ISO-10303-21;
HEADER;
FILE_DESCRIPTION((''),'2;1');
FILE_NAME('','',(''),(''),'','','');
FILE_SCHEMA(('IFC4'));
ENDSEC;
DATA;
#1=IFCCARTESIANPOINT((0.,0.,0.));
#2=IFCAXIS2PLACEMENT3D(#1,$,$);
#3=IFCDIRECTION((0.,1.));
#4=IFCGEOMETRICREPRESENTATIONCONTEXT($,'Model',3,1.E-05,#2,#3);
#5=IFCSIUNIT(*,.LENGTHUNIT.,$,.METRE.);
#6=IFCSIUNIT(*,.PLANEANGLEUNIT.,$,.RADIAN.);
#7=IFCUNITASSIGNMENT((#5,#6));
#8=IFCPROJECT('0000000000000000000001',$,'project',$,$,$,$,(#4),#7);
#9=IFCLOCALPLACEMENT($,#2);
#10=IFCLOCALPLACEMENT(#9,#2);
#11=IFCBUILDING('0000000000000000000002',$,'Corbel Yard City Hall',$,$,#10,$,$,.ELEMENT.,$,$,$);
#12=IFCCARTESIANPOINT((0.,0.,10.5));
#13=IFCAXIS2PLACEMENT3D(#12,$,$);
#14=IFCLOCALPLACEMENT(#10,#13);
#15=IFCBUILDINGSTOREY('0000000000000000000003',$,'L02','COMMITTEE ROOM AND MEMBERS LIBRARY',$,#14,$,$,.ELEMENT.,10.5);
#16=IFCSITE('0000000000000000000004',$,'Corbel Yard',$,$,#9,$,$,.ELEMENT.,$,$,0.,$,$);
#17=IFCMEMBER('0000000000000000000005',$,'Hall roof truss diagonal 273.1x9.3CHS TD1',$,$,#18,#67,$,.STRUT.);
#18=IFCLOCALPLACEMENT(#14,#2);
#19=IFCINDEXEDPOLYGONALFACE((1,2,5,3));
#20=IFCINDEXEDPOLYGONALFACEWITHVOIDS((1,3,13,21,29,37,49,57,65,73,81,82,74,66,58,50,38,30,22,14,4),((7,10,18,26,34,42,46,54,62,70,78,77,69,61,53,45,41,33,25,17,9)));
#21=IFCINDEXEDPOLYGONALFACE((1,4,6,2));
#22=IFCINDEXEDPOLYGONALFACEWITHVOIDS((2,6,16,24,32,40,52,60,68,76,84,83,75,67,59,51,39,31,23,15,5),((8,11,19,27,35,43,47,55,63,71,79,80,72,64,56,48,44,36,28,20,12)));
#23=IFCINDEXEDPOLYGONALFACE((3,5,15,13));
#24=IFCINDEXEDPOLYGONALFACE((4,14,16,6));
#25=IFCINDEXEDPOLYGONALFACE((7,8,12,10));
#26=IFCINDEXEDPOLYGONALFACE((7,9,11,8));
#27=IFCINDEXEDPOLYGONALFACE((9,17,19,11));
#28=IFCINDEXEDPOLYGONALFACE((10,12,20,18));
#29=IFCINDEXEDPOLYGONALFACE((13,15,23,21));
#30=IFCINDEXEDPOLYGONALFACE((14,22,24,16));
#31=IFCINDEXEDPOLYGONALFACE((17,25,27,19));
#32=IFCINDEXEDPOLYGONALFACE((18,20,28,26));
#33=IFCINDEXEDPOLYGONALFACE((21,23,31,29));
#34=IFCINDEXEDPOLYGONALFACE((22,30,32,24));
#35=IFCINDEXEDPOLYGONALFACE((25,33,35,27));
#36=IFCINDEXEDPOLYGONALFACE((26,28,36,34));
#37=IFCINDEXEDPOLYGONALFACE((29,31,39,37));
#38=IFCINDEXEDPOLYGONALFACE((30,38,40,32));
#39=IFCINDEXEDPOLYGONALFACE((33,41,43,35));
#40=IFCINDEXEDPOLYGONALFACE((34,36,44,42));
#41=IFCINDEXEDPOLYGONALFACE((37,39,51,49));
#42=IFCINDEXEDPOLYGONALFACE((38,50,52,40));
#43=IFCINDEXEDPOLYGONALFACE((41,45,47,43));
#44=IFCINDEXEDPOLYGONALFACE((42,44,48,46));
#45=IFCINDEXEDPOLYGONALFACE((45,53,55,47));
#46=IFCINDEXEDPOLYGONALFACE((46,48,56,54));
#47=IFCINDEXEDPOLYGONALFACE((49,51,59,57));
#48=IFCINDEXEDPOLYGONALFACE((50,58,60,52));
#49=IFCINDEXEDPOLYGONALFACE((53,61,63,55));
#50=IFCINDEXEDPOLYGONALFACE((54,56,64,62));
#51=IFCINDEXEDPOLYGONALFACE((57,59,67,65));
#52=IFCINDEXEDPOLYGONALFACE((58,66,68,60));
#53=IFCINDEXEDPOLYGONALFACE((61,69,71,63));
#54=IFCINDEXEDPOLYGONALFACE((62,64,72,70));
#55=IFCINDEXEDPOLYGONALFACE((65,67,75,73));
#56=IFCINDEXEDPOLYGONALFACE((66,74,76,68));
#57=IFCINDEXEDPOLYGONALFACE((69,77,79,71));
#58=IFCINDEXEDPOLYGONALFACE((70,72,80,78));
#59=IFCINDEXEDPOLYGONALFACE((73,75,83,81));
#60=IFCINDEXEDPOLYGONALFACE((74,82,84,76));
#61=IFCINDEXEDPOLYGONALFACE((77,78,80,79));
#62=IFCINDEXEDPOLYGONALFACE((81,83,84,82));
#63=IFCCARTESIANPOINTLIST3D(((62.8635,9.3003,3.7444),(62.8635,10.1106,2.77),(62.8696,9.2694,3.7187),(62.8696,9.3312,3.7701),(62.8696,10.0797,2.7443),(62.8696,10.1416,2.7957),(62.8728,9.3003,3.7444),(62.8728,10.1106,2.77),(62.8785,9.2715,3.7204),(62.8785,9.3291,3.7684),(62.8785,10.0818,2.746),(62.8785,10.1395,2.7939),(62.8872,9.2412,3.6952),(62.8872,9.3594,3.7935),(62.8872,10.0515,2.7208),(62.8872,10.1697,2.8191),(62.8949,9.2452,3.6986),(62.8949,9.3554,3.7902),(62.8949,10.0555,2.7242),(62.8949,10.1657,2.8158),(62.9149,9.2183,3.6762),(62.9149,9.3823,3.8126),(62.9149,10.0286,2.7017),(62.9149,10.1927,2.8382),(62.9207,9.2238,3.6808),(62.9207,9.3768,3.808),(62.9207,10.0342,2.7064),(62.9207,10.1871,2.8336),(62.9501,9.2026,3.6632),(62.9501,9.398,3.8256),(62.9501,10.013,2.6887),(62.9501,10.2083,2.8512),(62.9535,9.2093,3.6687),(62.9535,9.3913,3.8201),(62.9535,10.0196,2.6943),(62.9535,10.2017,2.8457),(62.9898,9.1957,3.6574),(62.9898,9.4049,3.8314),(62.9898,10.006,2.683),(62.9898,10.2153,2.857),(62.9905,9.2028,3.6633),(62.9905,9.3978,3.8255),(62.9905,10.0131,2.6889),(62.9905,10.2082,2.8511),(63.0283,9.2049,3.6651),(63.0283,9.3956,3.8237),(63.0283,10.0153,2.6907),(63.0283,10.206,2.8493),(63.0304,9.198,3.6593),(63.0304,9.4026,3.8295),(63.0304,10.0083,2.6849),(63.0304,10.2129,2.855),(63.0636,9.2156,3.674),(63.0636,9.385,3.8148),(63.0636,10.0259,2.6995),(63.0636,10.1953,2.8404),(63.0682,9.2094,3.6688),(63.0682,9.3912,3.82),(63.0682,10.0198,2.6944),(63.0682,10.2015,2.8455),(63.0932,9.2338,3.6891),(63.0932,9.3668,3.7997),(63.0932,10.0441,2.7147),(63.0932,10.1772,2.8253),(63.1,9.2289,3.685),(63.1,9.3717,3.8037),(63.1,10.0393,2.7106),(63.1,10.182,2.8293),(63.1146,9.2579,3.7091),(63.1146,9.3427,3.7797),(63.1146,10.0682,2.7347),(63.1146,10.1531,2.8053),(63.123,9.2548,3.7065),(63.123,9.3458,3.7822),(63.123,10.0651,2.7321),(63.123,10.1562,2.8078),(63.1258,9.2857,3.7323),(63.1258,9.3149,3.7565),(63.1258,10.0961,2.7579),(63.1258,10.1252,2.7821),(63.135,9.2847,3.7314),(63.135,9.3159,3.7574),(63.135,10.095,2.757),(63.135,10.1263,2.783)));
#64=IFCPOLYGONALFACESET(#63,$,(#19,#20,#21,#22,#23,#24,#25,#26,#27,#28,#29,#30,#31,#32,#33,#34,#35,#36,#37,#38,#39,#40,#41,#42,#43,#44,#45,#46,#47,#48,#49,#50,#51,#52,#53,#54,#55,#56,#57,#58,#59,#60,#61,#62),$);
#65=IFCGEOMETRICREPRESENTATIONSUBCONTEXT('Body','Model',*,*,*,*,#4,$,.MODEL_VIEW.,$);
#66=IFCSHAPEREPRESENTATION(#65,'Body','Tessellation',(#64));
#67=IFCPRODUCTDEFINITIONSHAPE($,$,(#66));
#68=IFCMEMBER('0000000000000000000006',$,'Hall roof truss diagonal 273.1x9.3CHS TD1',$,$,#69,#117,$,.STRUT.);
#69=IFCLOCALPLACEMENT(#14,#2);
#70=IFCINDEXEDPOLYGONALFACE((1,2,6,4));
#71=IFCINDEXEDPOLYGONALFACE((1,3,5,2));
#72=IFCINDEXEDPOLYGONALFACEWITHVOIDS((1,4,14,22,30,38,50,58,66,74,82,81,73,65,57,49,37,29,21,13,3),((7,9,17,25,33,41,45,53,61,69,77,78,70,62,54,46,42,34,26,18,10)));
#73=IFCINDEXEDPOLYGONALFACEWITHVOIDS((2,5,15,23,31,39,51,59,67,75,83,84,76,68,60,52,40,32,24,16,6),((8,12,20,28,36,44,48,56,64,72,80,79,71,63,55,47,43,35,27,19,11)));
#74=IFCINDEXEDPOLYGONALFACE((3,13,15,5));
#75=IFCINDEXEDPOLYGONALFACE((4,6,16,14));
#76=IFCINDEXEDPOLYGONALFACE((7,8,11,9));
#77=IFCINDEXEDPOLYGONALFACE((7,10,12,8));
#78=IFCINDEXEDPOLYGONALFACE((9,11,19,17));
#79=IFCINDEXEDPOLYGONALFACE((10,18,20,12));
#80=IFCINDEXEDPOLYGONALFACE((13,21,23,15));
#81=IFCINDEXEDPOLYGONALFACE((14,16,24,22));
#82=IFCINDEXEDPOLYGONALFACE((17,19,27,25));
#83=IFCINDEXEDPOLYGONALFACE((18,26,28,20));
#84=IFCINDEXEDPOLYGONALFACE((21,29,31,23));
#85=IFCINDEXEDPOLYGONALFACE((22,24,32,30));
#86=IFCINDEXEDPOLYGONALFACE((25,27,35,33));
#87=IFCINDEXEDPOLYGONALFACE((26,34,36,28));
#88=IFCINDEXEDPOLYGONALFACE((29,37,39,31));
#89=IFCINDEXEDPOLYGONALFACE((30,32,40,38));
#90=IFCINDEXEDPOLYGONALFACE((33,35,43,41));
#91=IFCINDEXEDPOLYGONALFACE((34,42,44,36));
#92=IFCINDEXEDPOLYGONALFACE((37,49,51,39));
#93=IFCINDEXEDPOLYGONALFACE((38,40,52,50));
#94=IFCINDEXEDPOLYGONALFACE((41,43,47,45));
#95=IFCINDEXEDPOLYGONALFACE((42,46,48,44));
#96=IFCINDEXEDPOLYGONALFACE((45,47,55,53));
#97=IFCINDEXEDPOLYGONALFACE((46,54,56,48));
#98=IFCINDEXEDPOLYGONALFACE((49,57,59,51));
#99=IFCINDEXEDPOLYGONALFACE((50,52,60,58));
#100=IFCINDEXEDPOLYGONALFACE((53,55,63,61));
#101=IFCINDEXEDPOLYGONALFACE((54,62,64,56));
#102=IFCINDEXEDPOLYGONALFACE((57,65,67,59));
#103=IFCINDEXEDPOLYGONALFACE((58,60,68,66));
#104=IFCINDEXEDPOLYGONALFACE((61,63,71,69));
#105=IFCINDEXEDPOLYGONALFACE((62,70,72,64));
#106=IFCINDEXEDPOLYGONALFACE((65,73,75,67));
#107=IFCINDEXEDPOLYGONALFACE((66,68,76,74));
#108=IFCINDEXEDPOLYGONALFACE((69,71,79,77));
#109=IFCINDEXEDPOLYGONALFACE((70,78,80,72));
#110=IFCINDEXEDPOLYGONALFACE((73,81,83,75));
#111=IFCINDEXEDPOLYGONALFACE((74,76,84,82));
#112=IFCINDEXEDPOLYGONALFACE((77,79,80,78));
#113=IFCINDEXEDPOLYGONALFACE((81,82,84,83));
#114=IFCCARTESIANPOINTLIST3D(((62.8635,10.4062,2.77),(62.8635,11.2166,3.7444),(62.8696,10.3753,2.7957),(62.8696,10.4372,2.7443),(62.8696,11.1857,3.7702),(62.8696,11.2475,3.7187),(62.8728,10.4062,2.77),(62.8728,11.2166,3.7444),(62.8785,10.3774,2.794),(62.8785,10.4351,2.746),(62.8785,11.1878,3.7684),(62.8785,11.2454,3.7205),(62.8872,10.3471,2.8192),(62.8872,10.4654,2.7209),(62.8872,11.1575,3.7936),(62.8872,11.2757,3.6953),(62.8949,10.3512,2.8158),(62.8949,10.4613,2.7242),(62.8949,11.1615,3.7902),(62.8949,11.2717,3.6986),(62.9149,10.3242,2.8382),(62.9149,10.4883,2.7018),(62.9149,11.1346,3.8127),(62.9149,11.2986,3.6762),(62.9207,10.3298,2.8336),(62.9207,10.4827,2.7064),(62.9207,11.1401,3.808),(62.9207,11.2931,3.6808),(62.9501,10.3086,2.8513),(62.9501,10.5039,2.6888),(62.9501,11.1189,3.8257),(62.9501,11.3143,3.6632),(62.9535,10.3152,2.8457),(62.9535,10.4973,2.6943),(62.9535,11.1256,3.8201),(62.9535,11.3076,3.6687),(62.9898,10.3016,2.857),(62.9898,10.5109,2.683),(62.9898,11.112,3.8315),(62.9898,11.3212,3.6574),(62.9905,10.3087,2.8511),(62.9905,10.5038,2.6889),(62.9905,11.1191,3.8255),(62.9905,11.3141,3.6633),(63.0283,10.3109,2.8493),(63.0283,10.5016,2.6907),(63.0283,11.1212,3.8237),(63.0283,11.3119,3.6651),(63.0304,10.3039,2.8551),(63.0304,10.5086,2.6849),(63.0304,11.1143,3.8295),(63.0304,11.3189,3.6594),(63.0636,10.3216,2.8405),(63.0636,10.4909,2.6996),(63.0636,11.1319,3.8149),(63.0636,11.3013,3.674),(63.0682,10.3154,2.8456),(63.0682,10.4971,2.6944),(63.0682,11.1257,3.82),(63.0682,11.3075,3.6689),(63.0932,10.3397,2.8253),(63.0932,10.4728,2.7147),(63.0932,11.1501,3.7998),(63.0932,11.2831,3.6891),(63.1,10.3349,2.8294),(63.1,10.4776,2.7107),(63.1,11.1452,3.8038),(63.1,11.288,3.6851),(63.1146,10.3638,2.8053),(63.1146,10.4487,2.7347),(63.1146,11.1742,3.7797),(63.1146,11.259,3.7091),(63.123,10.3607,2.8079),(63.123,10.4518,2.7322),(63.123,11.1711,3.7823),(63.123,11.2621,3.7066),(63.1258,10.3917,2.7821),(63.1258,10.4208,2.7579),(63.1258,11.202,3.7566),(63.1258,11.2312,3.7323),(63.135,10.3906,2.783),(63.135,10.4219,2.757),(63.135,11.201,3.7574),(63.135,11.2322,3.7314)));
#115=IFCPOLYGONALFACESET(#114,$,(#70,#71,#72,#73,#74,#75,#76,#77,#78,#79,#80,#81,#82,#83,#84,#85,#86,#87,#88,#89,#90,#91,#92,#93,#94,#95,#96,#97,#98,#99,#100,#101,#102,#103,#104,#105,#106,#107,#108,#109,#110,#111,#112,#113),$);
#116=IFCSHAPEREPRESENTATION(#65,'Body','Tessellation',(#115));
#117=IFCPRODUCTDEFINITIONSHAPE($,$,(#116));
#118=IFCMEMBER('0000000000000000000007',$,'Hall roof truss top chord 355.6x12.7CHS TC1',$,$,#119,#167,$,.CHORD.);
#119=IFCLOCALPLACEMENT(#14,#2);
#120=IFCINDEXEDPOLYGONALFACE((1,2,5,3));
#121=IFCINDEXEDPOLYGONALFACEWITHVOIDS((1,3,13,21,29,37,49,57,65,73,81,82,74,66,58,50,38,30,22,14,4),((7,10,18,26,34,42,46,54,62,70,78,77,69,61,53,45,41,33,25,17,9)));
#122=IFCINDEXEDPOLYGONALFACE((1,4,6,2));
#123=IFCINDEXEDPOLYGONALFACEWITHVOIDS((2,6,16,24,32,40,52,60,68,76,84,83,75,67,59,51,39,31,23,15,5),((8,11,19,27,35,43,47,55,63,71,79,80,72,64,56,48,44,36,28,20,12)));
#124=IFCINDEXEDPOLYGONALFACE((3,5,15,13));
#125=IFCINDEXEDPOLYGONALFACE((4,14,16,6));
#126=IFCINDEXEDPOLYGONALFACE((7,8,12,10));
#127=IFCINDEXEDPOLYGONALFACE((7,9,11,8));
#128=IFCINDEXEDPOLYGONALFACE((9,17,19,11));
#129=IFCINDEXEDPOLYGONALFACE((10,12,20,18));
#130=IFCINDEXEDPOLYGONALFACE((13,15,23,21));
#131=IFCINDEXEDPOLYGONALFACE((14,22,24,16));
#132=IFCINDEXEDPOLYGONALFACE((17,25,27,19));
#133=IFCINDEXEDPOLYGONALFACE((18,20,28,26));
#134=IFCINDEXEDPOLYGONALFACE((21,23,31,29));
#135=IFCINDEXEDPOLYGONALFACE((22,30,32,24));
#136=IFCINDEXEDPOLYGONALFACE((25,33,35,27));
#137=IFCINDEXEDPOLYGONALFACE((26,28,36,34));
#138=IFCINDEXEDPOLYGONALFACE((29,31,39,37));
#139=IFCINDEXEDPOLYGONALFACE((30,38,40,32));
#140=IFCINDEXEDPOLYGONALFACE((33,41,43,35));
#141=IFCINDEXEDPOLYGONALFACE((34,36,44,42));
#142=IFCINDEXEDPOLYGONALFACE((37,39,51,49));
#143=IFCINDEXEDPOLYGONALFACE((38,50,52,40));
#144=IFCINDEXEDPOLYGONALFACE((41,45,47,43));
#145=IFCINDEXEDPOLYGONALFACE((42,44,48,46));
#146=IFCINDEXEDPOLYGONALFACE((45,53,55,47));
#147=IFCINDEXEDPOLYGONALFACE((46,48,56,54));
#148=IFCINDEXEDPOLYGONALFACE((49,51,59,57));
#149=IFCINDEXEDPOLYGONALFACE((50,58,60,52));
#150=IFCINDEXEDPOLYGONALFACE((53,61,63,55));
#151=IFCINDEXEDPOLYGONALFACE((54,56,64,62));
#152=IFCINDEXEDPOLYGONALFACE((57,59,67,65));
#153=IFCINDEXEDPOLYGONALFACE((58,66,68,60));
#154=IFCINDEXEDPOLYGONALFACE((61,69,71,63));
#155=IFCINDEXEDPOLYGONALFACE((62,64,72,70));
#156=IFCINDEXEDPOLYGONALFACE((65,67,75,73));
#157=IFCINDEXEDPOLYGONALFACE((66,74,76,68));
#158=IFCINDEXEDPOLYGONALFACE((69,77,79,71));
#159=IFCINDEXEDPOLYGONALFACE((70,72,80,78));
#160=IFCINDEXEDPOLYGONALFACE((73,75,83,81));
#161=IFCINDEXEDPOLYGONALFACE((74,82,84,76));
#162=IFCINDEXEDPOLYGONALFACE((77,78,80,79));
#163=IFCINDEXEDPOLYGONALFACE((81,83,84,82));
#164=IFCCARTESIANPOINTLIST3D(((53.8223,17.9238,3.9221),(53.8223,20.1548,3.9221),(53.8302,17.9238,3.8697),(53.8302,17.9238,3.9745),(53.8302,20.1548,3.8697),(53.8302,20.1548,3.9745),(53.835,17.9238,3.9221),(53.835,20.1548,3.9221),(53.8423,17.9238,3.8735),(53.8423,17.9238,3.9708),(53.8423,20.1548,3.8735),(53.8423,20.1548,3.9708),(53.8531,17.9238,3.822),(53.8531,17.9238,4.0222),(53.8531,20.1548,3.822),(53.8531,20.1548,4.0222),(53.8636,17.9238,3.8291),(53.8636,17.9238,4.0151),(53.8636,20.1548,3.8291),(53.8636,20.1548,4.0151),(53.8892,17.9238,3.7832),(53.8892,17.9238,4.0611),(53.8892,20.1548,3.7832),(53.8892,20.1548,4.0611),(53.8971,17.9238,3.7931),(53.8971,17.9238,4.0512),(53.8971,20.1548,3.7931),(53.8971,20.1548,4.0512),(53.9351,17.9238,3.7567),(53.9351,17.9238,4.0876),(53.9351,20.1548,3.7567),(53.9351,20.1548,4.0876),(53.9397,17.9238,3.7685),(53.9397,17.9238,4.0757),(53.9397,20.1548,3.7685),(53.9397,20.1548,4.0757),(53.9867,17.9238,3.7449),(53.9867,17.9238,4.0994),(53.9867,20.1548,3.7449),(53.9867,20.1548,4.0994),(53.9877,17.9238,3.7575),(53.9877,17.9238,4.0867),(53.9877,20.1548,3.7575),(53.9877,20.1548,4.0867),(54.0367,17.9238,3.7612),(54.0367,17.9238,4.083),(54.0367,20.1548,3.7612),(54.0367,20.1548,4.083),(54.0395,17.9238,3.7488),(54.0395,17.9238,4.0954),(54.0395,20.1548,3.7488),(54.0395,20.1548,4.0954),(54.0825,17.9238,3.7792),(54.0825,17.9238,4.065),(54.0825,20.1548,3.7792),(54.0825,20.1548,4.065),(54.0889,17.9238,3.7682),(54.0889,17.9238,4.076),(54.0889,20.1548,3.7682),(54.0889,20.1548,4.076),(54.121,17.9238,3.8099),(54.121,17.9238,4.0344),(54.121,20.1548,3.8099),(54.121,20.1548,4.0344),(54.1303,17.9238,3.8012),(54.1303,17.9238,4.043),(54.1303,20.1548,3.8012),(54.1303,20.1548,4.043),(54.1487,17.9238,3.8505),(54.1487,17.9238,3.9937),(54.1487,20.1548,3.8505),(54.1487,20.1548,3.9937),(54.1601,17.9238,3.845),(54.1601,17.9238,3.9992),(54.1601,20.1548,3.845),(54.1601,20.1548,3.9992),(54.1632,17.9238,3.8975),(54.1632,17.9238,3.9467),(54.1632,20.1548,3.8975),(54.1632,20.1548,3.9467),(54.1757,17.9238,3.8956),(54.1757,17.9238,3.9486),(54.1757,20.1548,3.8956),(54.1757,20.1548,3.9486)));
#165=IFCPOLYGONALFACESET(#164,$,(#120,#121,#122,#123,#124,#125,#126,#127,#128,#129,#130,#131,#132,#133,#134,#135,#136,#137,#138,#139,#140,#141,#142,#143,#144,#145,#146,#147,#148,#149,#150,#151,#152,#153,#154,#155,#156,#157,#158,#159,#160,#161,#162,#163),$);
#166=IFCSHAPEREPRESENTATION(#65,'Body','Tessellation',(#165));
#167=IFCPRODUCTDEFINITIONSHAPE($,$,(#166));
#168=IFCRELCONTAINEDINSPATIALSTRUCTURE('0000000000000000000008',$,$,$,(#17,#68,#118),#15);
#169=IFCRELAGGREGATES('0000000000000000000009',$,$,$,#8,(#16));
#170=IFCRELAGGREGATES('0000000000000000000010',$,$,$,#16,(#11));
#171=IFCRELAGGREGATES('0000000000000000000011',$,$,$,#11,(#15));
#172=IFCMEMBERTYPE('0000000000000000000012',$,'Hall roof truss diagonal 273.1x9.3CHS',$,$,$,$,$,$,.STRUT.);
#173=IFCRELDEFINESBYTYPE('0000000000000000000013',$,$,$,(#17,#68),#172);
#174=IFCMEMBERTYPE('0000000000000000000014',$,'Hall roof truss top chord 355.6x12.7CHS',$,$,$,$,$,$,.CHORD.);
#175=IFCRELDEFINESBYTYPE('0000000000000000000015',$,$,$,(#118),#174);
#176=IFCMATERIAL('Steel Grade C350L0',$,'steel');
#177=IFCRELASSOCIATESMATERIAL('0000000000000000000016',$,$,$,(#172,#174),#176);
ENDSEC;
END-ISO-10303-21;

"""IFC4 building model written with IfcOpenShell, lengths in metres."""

from ifc_helpers import new_model, si_unit, direction, frame, origin, origin_2d, place, context, subcontext, project, spatial, hollow_circle, extrude, material, material_profile, profile_set, type_object, element, save


model = new_model("IFC4")

# Units and contexts
model_context = context("Model", 3, precision=1e-05, world=origin(), true_north=direction((0.0, 1.0)))
body_context = subcontext(model_context, "Body", "Model", "MODEL_VIEW")
ifc_project = project(units=[si_unit("LENGTHUNIT", "METRE"), si_unit("PLANEANGLEUNIT", "RADIAN")], contexts=[model_context])

# Site, building, storey
site_placement = place(None, origin())
site = spatial("IfcSite", under=ifc_project, at=site_placement, Name="Corbel Yard", CompositionType="ELEMENT", RefElevation=0.0)
building_placement = place(site_placement, origin())
building = spatial("IfcBuilding", under=site, at=building_placement, Name="Corbel Yard City Hall", CompositionType="ELEMENT")
storey_placement = place(building_placement, frame((0.0, 0.0, 10.5)))
storey = spatial("IfcBuildingStorey", under=building, at=storey_placement, Name="L02", Description="COMMITTEE ROOM AND MEMBERS LIBRARY", CompositionType="ELEMENT", Elevation=10.5)

# Members
ifc_material_1 = material(Name="Steel Grade C350L0", Category="steel")
ifc_material_profile_1 = material_profile(ifc_material_1, hollow_circle(Radius=0.1365, WallThickness=0.0093, at=origin_2d()), Name="273.1x9.3CHS")
ifc_profile_set_1 = profile_set([ifc_material_profile_1], Name="Steel Grade C350L0")
member_type_1 = type_object("IfcMemberType", Name="Hall roof truss diagonal 273.1x9.3CHS", PredefinedType="STRUT", material=ifc_profile_set_1)
for number, where, z_axis, x_axis, name in (
    (1, (63.0, 9.3003, 3.7444), (0.0, 0.639407, -0.768868), (-1.0, 0.0, 0.0), "Hall roof truss diagonal 273.1x9.3CHS TD1"),
    (2, (63.0, 10.4062, 2.77), (0.0, 0.639407, 0.768868), (-1.0, 0.0, 0.0), "Hall roof truss diagonal 273.1x9.3CHS TD1"),
):
    element("IfcMember", number, at=place(storey_placement, frame(where, z_axis=z_axis, x_axis=x_axis)), inside=storey, type_object=member_type_1, Name=name, PredefinedType="STRUT", context=body_context, shape_type="SweptSolid", body=[
        extrude(hollow_circle(Radius=0.1365, WallThickness=0.0093, at=origin_2d()), origin(), (0.0, 0.0, 1.0), 1.2673),
    ])
ifc_material_profile_2 = material_profile(ifc_material_1, hollow_circle(Radius=0.1777, WallThickness=0.0127, at=origin_2d()), Name="355.6x12.7CHS")
ifc_profile_set_2 = profile_set([ifc_material_profile_2], Name="Steel Grade C350L0")
member_type_2 = type_object("IfcMemberType", Name="Hall roof truss top chord 355.6x12.7CHS", PredefinedType="CHORD", material=ifc_profile_set_2)
member_1_placement = place(storey_placement, frame((54.0, 17.9238, 3.9221), z_axis=(0.0, 1.0, 0.0), x_axis=(-1.0, 0.0, 0.0)))
element("IfcMember", 3, at=member_1_placement, inside=storey, type_object=member_type_2, Name="Hall roof truss top chord 355.6x12.7CHS TC1", PredefinedType="CHORD", context=body_context, shape_type="SweptSolid", body=[
    extrude(hollow_circle(Radius=0.1777, WallThickness=0.0127, at=origin_2d()), origin(), (0.0, 0.0, 1.0), 2.231),
])

save(model, "model.ifc")
